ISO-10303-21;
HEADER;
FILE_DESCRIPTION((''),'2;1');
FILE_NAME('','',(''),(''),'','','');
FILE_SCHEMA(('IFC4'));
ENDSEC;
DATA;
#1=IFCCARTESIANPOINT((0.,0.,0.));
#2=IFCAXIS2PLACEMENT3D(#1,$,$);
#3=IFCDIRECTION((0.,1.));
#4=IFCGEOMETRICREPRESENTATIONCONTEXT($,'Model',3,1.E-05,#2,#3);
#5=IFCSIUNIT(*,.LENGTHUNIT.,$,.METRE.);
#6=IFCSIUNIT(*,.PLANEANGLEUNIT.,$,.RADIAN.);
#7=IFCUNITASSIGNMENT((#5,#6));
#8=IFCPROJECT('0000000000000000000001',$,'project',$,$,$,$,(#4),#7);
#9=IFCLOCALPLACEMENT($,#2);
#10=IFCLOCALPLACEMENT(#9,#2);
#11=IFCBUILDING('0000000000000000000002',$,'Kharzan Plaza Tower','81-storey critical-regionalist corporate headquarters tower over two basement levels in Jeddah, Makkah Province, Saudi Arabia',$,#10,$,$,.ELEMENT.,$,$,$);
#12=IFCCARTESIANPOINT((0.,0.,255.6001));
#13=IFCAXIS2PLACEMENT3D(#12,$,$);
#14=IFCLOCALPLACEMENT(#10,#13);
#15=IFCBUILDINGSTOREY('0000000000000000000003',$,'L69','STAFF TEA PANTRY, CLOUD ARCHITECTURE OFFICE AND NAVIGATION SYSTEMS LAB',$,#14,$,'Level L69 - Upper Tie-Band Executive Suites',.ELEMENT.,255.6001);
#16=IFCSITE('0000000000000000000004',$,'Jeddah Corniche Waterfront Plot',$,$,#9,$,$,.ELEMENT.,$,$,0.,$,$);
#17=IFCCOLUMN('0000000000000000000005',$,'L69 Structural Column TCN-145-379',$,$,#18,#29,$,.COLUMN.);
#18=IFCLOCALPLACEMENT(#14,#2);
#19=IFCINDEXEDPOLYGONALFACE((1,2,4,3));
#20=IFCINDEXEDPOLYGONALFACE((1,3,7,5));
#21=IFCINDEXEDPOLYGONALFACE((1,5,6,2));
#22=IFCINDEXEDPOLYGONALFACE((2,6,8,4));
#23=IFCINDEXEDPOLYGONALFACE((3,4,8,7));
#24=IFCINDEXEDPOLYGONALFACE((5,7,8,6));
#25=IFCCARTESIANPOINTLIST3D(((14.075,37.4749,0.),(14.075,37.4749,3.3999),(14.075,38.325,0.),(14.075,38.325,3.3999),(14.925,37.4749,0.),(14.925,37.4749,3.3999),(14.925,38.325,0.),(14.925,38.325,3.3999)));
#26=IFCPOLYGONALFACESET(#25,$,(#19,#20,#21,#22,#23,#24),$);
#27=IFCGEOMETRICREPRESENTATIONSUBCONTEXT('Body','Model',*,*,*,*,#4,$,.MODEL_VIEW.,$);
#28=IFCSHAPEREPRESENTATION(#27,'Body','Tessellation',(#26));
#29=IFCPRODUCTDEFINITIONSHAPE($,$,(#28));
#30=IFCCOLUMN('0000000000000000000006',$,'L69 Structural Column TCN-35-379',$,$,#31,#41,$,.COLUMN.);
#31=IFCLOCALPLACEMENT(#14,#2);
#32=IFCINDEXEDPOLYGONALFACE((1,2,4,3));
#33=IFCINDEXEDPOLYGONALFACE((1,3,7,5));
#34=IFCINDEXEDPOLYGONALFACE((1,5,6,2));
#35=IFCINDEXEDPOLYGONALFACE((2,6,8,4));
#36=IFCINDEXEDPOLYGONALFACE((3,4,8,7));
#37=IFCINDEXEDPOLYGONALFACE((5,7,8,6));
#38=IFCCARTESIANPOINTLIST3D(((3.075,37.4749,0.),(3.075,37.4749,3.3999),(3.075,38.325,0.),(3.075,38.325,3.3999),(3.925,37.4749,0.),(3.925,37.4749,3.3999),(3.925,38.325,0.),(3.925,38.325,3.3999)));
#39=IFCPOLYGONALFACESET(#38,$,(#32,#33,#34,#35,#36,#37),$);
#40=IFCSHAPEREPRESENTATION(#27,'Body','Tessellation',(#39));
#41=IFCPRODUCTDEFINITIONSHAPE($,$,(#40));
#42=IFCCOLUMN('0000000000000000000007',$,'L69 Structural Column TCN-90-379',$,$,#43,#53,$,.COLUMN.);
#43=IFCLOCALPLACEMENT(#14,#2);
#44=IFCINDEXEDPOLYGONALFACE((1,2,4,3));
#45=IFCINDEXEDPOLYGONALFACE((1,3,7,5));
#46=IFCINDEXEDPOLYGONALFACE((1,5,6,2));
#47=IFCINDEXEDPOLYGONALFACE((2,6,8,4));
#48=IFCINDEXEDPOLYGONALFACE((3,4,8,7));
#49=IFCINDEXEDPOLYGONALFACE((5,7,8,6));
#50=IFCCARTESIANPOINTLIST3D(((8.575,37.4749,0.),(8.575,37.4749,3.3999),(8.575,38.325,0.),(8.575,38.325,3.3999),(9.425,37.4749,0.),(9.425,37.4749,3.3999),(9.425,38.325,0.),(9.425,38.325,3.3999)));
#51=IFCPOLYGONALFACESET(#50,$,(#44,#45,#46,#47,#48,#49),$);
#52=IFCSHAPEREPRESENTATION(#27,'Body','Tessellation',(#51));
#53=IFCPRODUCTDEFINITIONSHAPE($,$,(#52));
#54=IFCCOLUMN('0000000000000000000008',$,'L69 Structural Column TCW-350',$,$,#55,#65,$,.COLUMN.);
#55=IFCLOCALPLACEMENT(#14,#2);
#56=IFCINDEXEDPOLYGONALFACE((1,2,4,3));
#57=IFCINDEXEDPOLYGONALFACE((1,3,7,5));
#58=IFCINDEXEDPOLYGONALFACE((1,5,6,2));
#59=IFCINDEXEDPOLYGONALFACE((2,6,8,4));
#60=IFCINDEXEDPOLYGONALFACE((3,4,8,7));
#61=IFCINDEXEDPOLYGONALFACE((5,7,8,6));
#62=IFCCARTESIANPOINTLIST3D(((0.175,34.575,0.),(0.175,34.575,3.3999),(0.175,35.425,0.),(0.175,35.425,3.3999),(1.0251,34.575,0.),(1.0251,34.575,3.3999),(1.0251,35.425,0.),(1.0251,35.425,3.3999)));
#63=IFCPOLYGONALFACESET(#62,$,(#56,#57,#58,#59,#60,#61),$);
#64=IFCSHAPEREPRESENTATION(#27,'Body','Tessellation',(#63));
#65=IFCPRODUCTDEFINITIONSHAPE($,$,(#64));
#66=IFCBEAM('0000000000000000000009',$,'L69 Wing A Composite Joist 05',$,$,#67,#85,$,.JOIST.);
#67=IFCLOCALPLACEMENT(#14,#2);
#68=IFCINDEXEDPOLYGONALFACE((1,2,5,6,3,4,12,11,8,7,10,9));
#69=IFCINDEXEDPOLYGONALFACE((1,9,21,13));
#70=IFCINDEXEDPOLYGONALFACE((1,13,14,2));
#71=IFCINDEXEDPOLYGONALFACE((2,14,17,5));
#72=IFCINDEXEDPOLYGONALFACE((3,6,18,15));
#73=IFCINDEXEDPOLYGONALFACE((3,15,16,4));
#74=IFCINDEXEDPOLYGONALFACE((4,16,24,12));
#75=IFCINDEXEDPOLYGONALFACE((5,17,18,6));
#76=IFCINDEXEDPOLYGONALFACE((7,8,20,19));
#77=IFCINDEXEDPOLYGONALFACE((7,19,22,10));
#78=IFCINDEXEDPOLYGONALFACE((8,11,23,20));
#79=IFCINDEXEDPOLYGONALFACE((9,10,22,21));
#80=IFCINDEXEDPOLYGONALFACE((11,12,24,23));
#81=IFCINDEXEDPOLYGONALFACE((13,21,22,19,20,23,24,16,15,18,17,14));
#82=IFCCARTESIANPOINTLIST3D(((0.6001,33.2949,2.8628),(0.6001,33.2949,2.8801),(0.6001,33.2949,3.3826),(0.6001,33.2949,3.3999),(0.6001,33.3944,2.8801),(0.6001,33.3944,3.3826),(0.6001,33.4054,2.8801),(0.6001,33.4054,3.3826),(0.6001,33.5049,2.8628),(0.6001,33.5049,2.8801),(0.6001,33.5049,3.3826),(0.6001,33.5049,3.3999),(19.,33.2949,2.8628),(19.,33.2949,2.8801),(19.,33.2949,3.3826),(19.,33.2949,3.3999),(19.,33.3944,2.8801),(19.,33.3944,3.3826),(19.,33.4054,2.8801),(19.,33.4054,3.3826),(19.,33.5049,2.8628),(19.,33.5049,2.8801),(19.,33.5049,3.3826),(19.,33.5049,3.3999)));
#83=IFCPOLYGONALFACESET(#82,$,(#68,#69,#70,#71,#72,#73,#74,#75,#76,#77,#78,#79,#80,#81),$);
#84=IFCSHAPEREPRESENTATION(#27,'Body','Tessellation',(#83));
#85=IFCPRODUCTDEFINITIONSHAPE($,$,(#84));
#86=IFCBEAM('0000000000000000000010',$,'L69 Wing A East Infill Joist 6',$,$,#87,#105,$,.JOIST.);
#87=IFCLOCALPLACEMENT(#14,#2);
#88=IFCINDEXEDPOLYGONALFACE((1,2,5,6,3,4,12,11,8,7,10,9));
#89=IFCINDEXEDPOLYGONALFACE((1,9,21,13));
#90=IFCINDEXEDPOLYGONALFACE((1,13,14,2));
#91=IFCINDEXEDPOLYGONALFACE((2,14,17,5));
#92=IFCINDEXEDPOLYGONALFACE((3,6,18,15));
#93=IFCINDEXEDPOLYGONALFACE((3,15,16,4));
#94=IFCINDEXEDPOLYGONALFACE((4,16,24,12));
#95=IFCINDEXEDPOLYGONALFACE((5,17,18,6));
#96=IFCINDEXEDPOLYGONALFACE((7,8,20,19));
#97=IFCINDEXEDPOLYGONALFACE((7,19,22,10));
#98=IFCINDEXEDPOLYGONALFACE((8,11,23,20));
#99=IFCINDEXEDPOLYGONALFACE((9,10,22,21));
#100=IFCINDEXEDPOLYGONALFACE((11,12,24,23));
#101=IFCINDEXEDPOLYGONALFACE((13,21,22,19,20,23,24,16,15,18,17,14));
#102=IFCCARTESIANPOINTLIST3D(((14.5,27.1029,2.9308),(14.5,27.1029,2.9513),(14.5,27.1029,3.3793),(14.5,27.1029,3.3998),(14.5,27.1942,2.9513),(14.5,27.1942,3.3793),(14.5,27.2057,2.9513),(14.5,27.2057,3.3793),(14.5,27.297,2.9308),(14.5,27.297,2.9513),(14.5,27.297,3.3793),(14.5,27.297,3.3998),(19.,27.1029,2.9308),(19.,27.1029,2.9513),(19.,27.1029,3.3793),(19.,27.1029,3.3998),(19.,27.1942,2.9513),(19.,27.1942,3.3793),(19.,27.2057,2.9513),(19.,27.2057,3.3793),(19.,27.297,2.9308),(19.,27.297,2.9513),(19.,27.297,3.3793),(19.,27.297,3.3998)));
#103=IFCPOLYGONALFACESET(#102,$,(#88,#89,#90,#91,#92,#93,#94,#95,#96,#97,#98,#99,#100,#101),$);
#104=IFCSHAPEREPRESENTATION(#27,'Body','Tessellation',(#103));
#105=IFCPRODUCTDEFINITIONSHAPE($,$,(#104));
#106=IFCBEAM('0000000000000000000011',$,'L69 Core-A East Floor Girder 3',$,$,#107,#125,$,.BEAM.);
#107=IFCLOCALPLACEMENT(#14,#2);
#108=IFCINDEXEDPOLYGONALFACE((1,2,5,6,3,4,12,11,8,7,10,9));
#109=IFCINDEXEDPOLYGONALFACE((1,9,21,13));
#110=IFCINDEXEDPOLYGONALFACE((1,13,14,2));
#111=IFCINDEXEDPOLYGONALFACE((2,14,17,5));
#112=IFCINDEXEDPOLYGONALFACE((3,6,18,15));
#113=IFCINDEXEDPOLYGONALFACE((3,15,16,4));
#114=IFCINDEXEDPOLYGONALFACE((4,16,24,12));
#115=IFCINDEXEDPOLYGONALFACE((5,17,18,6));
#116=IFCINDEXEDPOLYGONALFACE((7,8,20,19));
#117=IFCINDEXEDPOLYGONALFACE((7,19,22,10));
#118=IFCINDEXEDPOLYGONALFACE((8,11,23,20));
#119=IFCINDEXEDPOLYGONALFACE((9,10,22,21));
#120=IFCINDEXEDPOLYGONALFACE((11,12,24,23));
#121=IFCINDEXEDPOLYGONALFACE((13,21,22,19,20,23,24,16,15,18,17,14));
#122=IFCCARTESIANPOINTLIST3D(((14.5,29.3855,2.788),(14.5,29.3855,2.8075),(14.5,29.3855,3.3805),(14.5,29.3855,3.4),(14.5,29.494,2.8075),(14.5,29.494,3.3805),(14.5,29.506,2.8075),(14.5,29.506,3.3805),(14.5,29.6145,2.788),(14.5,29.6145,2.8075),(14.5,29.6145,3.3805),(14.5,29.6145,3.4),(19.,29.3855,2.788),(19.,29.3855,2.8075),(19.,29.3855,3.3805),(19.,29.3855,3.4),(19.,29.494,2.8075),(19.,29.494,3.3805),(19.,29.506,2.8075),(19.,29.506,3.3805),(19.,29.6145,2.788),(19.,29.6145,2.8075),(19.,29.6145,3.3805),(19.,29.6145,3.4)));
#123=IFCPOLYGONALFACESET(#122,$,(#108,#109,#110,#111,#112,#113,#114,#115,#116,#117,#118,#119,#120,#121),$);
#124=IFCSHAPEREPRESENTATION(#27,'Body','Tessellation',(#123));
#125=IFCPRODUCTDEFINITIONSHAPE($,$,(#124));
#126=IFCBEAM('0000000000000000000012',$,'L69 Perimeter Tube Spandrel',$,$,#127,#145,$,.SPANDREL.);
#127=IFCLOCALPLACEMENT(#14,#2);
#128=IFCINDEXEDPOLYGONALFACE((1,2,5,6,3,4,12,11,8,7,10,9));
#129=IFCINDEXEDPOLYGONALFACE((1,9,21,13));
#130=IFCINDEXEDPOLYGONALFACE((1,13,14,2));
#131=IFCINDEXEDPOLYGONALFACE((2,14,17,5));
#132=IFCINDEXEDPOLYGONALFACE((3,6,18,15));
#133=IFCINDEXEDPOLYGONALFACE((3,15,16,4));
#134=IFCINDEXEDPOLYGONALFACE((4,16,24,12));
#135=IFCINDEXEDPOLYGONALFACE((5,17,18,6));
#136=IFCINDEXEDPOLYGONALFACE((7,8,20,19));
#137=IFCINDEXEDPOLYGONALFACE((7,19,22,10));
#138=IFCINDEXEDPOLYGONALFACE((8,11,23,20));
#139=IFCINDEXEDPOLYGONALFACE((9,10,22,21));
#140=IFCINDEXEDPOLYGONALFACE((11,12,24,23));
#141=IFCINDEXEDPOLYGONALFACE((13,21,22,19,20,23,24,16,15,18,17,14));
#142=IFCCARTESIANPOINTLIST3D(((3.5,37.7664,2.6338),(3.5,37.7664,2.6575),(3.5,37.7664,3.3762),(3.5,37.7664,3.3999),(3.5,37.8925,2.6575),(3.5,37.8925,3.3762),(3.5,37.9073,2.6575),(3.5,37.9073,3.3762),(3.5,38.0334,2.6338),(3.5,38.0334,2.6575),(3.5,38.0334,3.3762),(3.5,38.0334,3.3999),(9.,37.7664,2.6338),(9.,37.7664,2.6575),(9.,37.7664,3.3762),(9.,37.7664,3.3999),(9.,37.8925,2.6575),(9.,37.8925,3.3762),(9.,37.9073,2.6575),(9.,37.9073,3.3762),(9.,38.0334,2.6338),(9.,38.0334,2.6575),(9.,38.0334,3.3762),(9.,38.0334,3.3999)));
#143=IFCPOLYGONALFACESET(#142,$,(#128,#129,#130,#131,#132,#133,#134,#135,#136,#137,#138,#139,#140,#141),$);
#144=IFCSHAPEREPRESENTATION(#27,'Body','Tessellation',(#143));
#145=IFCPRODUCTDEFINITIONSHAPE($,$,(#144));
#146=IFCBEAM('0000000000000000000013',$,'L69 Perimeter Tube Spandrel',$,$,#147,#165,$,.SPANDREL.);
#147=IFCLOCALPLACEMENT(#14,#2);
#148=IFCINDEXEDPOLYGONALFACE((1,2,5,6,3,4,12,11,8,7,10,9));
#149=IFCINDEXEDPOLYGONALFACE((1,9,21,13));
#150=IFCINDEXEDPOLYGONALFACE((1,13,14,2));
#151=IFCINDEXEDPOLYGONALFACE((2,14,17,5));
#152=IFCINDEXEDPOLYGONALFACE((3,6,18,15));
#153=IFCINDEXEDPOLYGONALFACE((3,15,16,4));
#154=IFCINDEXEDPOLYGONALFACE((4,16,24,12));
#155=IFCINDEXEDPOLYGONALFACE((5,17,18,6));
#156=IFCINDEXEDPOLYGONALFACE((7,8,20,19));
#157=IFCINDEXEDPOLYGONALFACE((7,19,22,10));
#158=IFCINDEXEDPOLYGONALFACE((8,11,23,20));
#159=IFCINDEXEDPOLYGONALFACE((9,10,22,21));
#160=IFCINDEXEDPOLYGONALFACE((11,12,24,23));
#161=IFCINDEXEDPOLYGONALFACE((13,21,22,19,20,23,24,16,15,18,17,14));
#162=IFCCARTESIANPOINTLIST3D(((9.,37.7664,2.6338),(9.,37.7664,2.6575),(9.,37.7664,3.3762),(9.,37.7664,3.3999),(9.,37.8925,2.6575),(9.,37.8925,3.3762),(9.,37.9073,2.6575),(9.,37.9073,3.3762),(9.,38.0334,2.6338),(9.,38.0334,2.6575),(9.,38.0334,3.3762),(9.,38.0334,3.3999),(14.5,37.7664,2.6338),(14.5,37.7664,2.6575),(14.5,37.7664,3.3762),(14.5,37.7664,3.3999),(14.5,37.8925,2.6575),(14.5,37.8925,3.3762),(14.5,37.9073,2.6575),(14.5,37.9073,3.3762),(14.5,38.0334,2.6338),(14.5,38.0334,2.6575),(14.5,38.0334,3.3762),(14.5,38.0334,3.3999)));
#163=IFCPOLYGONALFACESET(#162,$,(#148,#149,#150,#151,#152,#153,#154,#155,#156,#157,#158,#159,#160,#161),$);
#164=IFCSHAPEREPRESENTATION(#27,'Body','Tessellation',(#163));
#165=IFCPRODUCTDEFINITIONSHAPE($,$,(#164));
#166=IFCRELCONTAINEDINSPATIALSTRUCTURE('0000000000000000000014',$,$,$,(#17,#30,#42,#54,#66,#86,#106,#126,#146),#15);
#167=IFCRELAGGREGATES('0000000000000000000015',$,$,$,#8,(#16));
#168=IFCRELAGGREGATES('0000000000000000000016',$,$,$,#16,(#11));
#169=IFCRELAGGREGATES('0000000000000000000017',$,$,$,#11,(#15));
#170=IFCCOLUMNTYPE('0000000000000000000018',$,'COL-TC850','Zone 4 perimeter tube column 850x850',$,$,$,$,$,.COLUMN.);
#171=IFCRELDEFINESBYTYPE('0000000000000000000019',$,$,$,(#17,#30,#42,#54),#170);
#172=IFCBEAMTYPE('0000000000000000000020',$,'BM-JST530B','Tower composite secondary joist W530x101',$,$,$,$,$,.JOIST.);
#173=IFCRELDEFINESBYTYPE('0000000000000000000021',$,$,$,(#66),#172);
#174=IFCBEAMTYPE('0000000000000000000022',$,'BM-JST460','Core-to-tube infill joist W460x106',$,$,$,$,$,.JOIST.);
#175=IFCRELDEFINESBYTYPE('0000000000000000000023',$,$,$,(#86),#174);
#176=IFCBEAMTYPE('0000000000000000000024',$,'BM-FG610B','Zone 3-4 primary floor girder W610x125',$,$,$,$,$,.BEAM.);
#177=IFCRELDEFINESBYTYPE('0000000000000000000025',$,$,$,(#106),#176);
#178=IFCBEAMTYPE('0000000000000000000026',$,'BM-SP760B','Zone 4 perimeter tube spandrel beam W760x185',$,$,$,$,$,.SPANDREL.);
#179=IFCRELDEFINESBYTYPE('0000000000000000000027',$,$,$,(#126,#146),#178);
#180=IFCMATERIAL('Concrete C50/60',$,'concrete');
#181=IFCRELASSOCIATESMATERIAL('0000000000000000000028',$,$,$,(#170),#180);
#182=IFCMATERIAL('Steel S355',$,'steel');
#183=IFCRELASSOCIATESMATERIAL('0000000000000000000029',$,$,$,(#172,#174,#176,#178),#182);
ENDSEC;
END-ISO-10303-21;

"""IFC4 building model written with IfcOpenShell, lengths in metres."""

from ifc_helpers import new_model, si_unit, direction, frame, origin, origin_2d, place, context, subcontext, project, spatial, rectangle, i_section, extrude, source, transform, mapped, material, material_profile, profile_set, type_object, element, save


model = new_model("IFC4")

# Units and contexts
model_context = context("Model", 3, precision=1e-05, world=origin(), true_north=direction((0.0, 1.0)))
body_context = subcontext(model_context, "Body", "Model", "MODEL_VIEW")
ifc_project = project(units=[si_unit("LENGTHUNIT", "METRE"), si_unit("PLANEANGLEUNIT", "RADIAN")], contexts=[model_context])

# Site, building, storey
site_placement = place(None, origin())
site = spatial("IfcSite", under=ifc_project, at=site_placement, Name="Jeddah Corniche Waterfront Plot", CompositionType="ELEMENT", RefElevation=0.0)
building_placement = place(site_placement, origin())
building = spatial("IfcBuilding", under=site, at=building_placement, Name="Kharzan Plaza Tower", Description="81-storey critical-regionalist corporate headquarters tower over two basement levels in Jeddah, Makkah Province, Saudi Arabia", CompositionType="ELEMENT")
storey_placement = place(building_placement, frame((0.0, 0.0, 255.6001)))
storey = spatial("IfcBuildingStorey", under=building, at=storey_placement, Name="L69", Description="STAFF TEA PANTRY, CLOUD ARCHITECTURE OFFICE AND NAVIGATION SYSTEMS LAB", LongName="Level L69 - Upper Tie-Band Executive Suites", CompositionType="ELEMENT", Elevation=255.6001)

# Columns
ifc_material_1 = material(Name="Concrete C50/60", Category="concrete")
ifc_material_profile_1 = material_profile(ifc_material_1, rectangle(XDim=0.8501, YDim=0.8501, at=origin_2d()), Name="RC-TC850x850")
ifc_profile_set_1 = profile_set([ifc_material_profile_1], Name="Concrete C50/60")
column_type = type_object("IfcColumnType", Name="COL-TC850", Description="Zone 4 perimeter tube column 850x850", PredefinedType="COLUMN", material=ifc_profile_set_1)
shared_shape_1 = source(origin(), body_context, "Body", "SweptSolid", [
    extrude(rectangle(XDim=0.8501, YDim=0.8501, at=origin_2d()), origin(), (0.0, 0.0, 1.0), 3.3999),
])
for number, where, z_axis, x_axis, name in (
    (1, (14.5, 37.8999, 0.0), (0.0, 0.0, 1.0), (1.0, 0.0, 0.0), "L69 Structural Column TCN-145-379"),
    (2, (3.5, 37.8999, 0.0), (0.0, 0.0, 1.0), (1.0, 0.0, 0.0), "L69 Structural Column TCN-35-379"),
    (3, (9.0, 37.8999, 0.0), (0.0, 0.0, 1.0), (1.0, 0.0, 0.0), "L69 Structural Column TCN-90-379"),
    (4, (0.6001, 35.0, 0.0), (0.0, 0.0, 1.0), (1.0, 0.0, 0.0), "L69 Structural Column TCW-350"),
):
    element("IfcColumn", number, at=place(storey_placement, frame(where, z_axis=z_axis, x_axis=x_axis)), inside=storey, type_object=column_type, Name=name, PredefinedType="COLUMN", context=body_context, shape_type="MappedRepresentation", body=[
        mapped(shared_shape_1, transform((0.0, 0.0, 0.0), x_axis=(1.0, 0.0, 0.0), y_axis=(0.0, 1.0, 0.0), z_axis=(0.0, 0.0, 1.0))),
    ])

# Beams
ifc_material_2 = material(Name="Steel S355", Category="steel")
ifc_material_profile_2 = material_profile(ifc_material_2, i_section(OverallWidth=0.21, OverallDepth=0.5371, WebThickness=0.011, FlangeThickness=0.0173, at=origin_2d()), Name="W530x101")
ifc_profile_set_2 = profile_set([ifc_material_profile_2], Name="Steel S355")
beam_type_1 = type_object("IfcBeamType", Name="BM-JST530B", Description="Tower composite secondary joist W530x101", PredefinedType="JOIST", material=ifc_profile_set_2)
shared_shape_2 = source(origin(), body_context, "Body", "SweptSolid", [
    extrude(i_section(OverallWidth=0.21, OverallDepth=0.5371, WebThickness=0.011, FlangeThickness=0.0173, at=origin_2d()), origin(), (0.0, 0.0, 1.0), 18.3999),
])
beam_1_placement = place(storey_placement, frame((0.6001, 33.3999, 3.1313), z_axis=(1.0, 0.0, 0.0), x_axis=(0.0, 1.0, 0.0)))
element("IfcBeam", 5, at=beam_1_placement, inside=storey, type_object=beam_type_1, Name="L69 Wing A Composite Joist 05", PredefinedType="JOIST", context=body_context, shape_type="MappedRepresentation", body=[
    mapped(shared_shape_2, transform((0.0, 0.0, 0.0), x_axis=(1.0, 0.0, 0.0), y_axis=(0.0, 1.0, 0.0), z_axis=(0.0, 0.0, 1.0))),
])
ifc_material_profile_3 = material_profile(ifc_material_2, i_section(OverallWidth=0.1941, OverallDepth=0.469, WebThickness=0.0115, FlangeThickness=0.0205, at=origin_2d()), Name="W460x106")
ifc_profile_set_3 = profile_set([ifc_material_profile_3], Name="Steel S355")
beam_type_2 = type_object("IfcBeamType", Name="BM-JST460", Description="Core-to-tube infill joist W460x106", PredefinedType="JOIST", material=ifc_profile_set_3)
shared_shape_3 = source(origin(), body_context, "Body", "SweptSolid", [
    extrude(i_section(OverallWidth=0.1941, OverallDepth=0.469, WebThickness=0.0115, FlangeThickness=0.0205, at=origin_2d()), origin(), (0.0, 0.0, 1.0), 4.5),
])
beam_2_placement = place(storey_placement, frame((14.5, 27.2, 3.1653), z_axis=(1.0, 0.0, 0.0), x_axis=(0.0, 1.0, 0.0)))
element("IfcBeam", 6, at=beam_2_placement, inside=storey, type_object=beam_type_2, Name="L69 Wing A East Infill Joist 6", PredefinedType="JOIST", context=body_context, shape_type="MappedRepresentation", body=[
    mapped(shared_shape_3, transform((0.0, 0.0, 0.0), x_axis=(1.0, 0.0, 0.0), y_axis=(0.0, 1.0, 0.0), z_axis=(0.0, 0.0, 1.0))),
])
ifc_material_profile_4 = material_profile(ifc_material_2, i_section(OverallWidth=0.229, OverallDepth=0.6121, WebThickness=0.012, FlangeThickness=0.0195, at=origin_2d()), Name="W610x125")
ifc_profile_set_4 = profile_set([ifc_material_profile_4], Name="Steel S355")
beam_type_3 = type_object("IfcBeamType", Name="BM-FG610B", Description="Zone 3-4 primary floor girder W610x125", PredefinedType="BEAM", material=ifc_profile_set_4)
shared_shape_4 = source(origin(), body_context, "Body", "SweptSolid", [
    extrude(i_section(OverallWidth=0.229, OverallDepth=0.6121, WebThickness=0.012, FlangeThickness=0.0195, at=origin_2d()), origin(), (0.0, 0.0, 1.0), 4.5),
])
beam_3_placement = place(storey_placement, frame((14.5, 29.5, 3.094), z_axis=(1.0, 0.0, 0.0), x_axis=(0.0, 1.0, 0.0)))
element("IfcBeam", 7, at=beam_3_placement, inside=storey, type_object=beam_type_3, Name="L69 Core-A East Floor Girder 3", PredefinedType="BEAM", context=body_context, shape_type="MappedRepresentation", body=[
    mapped(shared_shape_4, transform((0.0, 0.0, 0.0), x_axis=(1.0, 0.0, 0.0), y_axis=(0.0, 1.0, 0.0), z_axis=(0.0, 0.0, 1.0))),
])
ifc_material_profile_5 = material_profile(ifc_material_2, i_section(OverallWidth=0.2671, OverallDepth=0.7661, WebThickness=0.0149, FlangeThickness=0.0237, at=origin_2d()), Name="W760x185")
ifc_profile_set_5 = profile_set([ifc_material_profile_5], Name="Steel S355")
beam_type_4 = type_object("IfcBeamType", Name="BM-SP760B", Description="Zone 4 perimeter tube spandrel beam W760x185", PredefinedType="SPANDREL", material=ifc_profile_set_5)
shared_shape_5 = source(origin(), body_context, "Body", "SweptSolid", [
    extrude(i_section(OverallWidth=0.2671, OverallDepth=0.7661, WebThickness=0.0149, FlangeThickness=0.0237, at=origin_2d()), origin(), (0.0, 0.0, 1.0), 5.5),
])
for number, where, z_axis, x_axis, name in (
    (8, (3.5, 37.8999, 3.0168), (1.0, 0.0, 0.0), (0.0, 1.0, 0.0), "L69 Perimeter Tube Spandrel"),
    (9, (9.0, 37.8999, 3.0168), (1.0, 0.0, 0.0), (0.0, 1.0, 0.0), "L69 Perimeter Tube Spandrel"),
):
    element("IfcBeam", number, at=place(storey_placement, frame(where, z_axis=z_axis, x_axis=x_axis)), inside=storey, type_object=beam_type_4, Name=name, PredefinedType="SPANDREL", context=body_context, shape_type="MappedRepresentation", body=[
        mapped(shared_shape_5, transform((0.0, 0.0, 0.0), x_axis=(1.0, 0.0, 0.0), y_axis=(0.0, 1.0, 0.0), z_axis=(0.0, 0.0, 1.0))),
    ])

save(model, "model.ifc")
